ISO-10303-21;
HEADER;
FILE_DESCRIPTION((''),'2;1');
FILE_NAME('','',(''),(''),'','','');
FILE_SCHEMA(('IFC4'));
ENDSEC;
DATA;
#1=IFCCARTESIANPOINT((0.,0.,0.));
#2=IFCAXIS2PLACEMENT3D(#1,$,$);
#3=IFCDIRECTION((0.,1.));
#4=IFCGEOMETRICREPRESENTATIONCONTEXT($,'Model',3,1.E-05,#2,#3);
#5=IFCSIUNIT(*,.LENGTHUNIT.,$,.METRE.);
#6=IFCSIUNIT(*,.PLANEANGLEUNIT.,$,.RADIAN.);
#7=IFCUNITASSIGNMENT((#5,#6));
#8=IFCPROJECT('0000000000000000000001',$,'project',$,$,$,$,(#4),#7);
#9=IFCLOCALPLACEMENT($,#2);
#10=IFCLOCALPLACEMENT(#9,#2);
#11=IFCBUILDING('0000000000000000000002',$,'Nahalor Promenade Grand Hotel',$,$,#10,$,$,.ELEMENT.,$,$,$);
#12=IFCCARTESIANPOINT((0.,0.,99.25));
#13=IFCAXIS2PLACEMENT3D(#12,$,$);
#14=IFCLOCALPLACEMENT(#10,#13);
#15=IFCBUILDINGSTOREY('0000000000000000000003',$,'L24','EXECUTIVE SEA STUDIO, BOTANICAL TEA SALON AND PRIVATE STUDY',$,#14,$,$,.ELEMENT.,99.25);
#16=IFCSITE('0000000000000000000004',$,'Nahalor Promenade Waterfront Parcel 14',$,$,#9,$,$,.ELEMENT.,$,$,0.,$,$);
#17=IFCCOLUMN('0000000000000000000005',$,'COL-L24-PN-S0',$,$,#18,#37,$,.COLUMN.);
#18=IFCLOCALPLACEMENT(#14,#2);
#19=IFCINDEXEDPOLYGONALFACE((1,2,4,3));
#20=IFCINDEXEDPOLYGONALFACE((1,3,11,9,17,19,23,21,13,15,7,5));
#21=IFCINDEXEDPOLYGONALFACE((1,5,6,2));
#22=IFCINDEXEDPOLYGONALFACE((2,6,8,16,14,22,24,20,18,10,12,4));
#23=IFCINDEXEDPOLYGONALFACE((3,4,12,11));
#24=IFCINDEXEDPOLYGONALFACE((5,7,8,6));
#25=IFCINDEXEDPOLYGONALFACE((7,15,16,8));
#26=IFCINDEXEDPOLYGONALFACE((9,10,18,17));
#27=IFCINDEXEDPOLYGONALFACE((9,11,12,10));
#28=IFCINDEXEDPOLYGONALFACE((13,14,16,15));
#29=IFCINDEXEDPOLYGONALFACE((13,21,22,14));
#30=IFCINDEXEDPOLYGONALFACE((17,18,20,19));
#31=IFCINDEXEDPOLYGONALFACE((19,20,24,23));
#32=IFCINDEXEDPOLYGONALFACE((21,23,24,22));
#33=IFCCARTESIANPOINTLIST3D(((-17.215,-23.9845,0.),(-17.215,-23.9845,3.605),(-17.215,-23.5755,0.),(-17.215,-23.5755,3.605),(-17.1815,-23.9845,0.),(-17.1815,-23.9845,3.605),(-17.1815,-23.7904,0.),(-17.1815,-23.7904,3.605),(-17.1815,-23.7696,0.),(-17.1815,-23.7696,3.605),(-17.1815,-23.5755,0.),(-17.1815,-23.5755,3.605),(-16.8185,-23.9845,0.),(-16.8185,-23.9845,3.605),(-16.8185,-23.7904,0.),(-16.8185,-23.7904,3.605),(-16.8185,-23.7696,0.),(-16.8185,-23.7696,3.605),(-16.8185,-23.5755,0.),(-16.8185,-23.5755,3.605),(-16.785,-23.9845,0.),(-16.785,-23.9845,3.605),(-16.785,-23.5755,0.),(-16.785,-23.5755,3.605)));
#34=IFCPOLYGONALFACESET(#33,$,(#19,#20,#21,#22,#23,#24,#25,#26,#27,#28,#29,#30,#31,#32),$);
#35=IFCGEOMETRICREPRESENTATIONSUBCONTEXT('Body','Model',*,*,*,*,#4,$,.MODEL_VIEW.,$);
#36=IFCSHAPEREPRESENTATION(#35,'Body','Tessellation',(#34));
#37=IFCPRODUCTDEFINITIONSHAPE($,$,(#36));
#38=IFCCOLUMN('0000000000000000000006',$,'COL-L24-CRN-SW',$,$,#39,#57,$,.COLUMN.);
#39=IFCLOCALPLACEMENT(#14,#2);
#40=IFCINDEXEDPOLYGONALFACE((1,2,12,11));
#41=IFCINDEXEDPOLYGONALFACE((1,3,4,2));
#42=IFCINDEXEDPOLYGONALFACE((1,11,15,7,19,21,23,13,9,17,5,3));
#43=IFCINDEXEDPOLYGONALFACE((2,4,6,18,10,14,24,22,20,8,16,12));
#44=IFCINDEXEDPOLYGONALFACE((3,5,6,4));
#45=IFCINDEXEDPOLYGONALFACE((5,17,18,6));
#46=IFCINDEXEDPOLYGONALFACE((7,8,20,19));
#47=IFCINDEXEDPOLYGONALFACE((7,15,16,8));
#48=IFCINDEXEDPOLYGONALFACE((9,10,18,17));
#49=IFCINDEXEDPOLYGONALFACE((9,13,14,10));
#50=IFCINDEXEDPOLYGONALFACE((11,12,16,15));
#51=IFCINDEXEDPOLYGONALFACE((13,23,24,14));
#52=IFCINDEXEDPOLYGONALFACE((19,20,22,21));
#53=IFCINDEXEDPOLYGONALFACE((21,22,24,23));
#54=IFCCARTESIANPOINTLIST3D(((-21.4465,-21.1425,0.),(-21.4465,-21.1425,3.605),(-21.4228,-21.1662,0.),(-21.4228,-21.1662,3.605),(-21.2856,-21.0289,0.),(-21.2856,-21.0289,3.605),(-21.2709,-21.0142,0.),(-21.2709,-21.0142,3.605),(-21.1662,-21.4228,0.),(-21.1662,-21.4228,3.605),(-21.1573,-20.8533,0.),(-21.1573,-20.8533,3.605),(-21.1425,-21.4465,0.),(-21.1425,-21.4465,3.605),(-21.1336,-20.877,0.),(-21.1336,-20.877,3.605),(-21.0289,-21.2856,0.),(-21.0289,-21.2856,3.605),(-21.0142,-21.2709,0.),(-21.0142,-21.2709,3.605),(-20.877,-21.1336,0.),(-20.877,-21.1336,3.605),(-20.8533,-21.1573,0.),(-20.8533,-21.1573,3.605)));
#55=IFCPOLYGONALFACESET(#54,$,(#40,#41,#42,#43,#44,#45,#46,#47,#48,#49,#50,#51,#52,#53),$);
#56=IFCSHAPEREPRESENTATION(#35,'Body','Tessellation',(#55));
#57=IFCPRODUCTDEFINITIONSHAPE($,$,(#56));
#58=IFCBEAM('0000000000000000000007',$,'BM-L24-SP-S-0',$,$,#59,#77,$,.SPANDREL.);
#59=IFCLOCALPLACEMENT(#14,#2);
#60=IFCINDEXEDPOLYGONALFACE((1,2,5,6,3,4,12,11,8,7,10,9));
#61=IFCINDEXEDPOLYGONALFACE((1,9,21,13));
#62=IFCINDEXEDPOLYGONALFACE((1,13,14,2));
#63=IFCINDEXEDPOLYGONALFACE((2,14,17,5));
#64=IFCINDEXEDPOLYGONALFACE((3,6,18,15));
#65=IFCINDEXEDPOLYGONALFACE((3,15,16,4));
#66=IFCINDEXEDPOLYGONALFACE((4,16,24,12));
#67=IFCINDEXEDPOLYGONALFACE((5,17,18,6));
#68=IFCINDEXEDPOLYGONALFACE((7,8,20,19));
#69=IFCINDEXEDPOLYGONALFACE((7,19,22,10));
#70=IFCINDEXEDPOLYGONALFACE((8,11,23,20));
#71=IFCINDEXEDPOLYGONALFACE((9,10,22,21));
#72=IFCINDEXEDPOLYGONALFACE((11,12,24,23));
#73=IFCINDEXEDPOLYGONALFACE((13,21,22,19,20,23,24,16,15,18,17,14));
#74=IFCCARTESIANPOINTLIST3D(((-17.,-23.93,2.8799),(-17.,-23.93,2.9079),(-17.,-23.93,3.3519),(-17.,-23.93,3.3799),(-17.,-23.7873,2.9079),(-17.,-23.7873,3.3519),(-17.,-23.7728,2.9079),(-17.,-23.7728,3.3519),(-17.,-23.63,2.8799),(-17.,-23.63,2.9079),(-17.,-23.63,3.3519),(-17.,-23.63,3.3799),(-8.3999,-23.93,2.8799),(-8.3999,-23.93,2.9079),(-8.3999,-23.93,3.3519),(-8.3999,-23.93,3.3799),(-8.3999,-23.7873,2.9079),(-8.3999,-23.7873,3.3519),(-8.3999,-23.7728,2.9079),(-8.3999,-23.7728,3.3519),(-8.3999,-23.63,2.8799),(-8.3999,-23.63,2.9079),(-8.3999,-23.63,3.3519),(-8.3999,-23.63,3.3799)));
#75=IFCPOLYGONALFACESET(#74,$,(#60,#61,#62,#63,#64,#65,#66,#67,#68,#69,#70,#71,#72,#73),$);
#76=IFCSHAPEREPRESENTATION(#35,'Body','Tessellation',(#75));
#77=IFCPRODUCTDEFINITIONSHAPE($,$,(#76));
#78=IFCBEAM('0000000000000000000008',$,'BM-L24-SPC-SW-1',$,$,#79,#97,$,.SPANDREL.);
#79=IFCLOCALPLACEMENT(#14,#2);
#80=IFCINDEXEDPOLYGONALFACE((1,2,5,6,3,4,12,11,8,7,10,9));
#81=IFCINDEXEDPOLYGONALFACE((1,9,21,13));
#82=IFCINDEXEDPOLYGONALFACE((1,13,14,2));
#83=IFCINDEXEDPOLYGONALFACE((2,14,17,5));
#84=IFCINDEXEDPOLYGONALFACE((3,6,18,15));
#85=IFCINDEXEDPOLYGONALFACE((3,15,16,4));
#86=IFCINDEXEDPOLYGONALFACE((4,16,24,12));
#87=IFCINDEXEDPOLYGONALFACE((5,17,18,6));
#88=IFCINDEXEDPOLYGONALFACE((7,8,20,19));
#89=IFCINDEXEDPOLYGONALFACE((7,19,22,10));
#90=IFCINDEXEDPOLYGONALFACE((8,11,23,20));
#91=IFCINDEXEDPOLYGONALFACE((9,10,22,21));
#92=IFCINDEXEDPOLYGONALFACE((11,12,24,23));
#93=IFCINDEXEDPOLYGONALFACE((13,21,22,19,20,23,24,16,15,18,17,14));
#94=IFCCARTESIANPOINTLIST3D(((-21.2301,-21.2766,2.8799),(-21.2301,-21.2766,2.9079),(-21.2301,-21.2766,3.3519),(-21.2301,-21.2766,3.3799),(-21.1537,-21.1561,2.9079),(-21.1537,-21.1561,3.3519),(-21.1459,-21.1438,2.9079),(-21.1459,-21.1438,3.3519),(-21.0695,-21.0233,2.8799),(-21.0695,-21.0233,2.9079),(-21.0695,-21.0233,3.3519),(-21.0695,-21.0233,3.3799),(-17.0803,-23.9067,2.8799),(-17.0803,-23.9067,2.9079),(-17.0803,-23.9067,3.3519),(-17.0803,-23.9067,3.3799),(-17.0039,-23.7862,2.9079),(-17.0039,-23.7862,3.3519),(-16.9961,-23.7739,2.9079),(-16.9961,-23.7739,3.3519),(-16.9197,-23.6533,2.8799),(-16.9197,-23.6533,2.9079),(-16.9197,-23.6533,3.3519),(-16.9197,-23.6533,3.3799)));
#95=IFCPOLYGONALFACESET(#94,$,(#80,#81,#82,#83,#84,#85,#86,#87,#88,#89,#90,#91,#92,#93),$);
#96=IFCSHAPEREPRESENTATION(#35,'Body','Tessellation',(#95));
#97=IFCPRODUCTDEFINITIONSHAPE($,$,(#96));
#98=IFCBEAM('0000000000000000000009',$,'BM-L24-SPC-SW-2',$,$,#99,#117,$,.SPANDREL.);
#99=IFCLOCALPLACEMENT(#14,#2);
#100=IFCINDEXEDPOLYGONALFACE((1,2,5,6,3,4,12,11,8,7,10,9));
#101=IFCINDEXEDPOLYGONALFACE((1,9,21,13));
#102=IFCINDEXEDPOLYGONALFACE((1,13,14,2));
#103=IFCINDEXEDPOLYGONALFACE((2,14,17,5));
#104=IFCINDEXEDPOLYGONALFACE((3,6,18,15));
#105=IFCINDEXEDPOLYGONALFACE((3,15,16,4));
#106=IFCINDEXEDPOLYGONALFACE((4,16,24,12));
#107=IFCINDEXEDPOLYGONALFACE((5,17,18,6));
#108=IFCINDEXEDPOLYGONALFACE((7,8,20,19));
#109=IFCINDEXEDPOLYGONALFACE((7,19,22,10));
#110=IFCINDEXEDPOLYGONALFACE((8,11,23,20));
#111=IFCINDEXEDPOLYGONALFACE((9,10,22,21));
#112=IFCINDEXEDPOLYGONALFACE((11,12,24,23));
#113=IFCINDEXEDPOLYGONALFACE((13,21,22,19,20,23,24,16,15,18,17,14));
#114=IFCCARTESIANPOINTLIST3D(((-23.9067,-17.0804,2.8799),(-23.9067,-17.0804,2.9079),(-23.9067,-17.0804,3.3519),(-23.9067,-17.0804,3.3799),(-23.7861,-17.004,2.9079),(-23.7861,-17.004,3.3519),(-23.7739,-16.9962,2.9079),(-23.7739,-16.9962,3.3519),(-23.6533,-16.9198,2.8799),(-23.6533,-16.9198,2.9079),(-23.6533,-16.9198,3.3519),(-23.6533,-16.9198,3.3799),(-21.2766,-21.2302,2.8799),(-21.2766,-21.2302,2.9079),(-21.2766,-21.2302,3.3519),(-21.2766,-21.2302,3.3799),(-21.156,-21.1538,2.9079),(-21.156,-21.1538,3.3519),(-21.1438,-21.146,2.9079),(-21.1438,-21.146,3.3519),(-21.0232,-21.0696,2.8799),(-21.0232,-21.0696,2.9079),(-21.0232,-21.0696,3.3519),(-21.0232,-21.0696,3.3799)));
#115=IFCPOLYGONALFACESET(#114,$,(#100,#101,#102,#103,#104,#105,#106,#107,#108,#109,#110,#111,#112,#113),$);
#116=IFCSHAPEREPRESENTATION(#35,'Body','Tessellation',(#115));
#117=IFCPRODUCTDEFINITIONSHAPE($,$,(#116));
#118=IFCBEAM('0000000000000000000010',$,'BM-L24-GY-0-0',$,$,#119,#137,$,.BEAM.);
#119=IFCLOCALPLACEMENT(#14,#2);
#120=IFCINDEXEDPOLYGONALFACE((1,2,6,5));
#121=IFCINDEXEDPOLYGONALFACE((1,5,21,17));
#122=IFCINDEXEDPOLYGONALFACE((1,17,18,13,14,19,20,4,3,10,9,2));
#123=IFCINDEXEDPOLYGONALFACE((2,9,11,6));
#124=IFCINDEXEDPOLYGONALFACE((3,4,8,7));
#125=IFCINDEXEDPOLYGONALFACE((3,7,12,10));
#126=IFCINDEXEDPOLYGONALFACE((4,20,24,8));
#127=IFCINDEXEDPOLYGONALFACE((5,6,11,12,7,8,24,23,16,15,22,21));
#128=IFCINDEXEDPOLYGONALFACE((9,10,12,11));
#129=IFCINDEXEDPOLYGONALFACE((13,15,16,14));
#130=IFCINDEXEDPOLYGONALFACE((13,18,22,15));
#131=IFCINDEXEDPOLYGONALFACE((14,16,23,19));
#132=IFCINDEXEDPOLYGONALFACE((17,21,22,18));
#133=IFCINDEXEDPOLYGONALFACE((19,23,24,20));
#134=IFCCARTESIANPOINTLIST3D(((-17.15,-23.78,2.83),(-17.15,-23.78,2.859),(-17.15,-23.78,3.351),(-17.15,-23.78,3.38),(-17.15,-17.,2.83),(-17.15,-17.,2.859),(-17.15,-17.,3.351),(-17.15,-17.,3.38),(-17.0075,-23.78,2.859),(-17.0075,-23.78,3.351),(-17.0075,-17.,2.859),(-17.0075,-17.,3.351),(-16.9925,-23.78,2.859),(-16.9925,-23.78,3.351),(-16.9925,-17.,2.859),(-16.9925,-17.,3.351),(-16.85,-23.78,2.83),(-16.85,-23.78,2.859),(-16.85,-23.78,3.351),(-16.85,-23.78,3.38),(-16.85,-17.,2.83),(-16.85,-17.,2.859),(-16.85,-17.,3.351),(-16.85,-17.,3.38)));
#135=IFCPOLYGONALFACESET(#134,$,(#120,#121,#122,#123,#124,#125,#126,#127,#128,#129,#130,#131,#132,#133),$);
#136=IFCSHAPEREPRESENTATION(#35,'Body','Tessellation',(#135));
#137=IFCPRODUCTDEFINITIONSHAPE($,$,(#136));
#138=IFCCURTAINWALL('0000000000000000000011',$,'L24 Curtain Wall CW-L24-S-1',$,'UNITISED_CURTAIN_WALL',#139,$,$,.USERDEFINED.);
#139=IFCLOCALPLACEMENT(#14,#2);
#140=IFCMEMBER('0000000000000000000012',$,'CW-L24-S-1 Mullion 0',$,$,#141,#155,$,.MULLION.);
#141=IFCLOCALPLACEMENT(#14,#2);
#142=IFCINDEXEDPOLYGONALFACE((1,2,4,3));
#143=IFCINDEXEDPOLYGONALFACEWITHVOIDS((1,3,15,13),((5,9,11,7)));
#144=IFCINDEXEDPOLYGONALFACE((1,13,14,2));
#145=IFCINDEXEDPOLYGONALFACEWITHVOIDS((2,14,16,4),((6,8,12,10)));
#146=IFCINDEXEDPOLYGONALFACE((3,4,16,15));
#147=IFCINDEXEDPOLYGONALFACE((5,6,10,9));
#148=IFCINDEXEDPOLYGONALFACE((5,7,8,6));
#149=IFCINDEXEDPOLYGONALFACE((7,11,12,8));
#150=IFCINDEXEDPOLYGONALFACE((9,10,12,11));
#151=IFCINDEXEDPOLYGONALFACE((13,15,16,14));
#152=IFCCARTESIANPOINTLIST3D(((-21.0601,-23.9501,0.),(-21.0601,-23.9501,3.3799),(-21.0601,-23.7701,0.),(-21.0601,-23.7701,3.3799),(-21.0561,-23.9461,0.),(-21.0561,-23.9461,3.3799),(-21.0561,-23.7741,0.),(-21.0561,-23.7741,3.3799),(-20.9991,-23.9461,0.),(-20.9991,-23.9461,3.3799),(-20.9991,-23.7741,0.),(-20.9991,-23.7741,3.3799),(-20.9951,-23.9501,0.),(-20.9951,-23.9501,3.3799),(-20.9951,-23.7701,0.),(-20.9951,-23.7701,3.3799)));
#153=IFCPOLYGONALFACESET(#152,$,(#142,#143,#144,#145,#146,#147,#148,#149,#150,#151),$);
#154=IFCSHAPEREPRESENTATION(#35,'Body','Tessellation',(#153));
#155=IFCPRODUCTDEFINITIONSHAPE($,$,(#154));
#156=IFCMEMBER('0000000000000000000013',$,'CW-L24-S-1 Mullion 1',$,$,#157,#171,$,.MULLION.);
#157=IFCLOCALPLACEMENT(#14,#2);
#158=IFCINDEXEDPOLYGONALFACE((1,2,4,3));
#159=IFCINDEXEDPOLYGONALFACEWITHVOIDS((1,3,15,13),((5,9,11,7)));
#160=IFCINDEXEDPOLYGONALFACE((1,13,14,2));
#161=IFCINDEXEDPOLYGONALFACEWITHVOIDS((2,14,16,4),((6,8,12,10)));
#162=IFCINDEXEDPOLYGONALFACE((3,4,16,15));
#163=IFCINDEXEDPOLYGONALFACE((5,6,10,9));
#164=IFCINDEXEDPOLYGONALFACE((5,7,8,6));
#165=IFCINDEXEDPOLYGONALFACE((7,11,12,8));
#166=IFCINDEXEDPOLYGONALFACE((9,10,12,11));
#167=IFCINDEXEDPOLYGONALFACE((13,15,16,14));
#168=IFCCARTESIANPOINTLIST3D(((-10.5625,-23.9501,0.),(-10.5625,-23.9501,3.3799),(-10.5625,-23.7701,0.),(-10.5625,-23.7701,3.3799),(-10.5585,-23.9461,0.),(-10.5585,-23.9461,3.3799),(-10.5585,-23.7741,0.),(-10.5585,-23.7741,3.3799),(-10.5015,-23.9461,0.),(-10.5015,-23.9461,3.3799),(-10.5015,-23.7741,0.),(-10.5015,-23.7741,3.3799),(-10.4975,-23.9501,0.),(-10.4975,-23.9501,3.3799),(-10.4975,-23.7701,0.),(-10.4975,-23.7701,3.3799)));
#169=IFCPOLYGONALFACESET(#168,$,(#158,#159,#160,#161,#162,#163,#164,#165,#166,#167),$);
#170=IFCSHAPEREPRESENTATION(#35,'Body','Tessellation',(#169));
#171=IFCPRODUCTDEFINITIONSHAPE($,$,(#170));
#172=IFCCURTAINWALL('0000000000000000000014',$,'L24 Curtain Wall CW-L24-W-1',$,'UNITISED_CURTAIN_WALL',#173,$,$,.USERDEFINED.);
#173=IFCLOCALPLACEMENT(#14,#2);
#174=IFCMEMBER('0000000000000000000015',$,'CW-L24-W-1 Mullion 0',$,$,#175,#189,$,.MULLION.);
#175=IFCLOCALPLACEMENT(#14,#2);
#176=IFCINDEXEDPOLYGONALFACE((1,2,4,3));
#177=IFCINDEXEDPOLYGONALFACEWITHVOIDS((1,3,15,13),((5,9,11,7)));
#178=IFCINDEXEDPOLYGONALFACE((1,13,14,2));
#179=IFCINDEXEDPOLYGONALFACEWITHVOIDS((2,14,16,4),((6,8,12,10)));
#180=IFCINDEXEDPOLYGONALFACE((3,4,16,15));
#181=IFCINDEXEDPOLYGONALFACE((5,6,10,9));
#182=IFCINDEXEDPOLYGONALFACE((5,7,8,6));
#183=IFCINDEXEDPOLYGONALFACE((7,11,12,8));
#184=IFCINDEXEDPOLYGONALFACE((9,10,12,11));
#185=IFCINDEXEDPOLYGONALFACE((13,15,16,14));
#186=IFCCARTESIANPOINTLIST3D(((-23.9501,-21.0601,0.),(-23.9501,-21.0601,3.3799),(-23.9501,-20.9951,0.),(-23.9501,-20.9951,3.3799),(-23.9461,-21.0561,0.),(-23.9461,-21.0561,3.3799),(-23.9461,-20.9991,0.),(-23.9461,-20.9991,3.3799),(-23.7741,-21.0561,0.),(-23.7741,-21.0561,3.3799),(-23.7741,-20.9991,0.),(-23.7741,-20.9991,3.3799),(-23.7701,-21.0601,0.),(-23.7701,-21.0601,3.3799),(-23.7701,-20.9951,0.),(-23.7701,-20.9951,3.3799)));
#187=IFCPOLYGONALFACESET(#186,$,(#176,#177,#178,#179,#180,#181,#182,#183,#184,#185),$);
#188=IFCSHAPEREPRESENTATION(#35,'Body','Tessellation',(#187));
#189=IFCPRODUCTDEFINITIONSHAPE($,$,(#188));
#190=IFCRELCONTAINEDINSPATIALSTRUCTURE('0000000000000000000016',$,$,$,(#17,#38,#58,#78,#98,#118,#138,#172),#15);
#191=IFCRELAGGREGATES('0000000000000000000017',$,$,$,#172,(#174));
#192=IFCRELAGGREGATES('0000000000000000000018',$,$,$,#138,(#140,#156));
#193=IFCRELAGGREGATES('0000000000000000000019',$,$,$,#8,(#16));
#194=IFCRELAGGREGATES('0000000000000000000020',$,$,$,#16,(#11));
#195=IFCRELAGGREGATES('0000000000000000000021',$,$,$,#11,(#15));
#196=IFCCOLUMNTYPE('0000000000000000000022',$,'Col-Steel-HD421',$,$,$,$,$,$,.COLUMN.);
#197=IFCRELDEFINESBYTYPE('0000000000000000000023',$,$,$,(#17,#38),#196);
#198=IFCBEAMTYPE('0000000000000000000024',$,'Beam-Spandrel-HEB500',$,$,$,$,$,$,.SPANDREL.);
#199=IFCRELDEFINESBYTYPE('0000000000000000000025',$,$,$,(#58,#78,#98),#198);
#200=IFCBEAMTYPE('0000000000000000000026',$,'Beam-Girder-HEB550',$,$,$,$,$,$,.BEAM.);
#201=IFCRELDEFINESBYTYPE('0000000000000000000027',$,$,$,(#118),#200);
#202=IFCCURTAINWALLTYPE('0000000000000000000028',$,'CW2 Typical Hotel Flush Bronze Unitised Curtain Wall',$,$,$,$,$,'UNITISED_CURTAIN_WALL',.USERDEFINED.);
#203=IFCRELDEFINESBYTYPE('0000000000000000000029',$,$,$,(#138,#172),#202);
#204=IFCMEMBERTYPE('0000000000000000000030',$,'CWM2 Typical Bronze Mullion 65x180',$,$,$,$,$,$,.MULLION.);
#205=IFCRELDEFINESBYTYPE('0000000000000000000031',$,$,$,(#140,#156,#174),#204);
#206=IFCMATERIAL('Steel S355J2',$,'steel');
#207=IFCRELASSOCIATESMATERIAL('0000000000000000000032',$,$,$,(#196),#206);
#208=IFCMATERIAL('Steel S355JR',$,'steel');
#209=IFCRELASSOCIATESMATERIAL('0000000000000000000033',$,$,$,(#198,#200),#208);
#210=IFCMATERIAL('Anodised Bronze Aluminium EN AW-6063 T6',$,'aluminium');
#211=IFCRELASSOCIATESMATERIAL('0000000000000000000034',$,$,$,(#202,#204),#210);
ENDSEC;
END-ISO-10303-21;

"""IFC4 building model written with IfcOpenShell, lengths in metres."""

from ifc_helpers import new_model, si_unit, direction, frame, origin, origin_2d, place, context, subcontext, project, spatial, hollow_rectangle, i_section, extrude, source, transform, mapped, material, material_profile, profile_set, type_object, element, aggregate, save


model = new_model("IFC4")

# Units and contexts
model_context = context("Model", 3, precision=1e-05, world=origin(), true_north=direction((0.0, 1.0)))
body_context = subcontext(model_context, "Body", "Model", "MODEL_VIEW")
ifc_project = project(units=[si_unit("LENGTHUNIT", "METRE"), si_unit("PLANEANGLEUNIT", "RADIAN")], contexts=[model_context])

# Site, building, storey
site_placement = place(None, origin())
site = spatial("IfcSite", under=ifc_project, at=site_placement, Name="Nahalor Promenade Waterfront Parcel 14", CompositionType="ELEMENT", RefElevation=0.0)
building_placement = place(site_placement, origin())
building = spatial("IfcBuilding", under=site, at=building_placement, Name="Nahalor Promenade Grand Hotel", CompositionType="ELEMENT")
storey_placement = place(building_placement, frame((0.0, 0.0, 99.25)))
storey = spatial("IfcBuildingStorey", under=building, at=storey_placement, Name="L24", Description="EXECUTIVE SEA STUDIO, BOTANICAL TEA SALON AND PRIVATE STUDY", CompositionType="ELEMENT", Elevation=99.25)

# Columns
ifc_material_1 = material(Name="Steel S355J2", Category="steel")
ifc_material_profile_1 = material_profile(ifc_material_1, i_section(OverallWidth=0.409, OverallDepth=0.43, WebThickness=0.0208, FlangeThickness=0.0335, at=origin_2d()), Name="HD 400x421")
ifc_profile_set_1 = profile_set([ifc_material_profile_1], Name="Steel S355J2")
column_type = type_object("IfcColumnType", Name="Col-Steel-HD421", PredefinedType="COLUMN", material=ifc_profile_set_1)
shared_shape_1 = source(origin(), body_context, "Body", "SweptSolid", [
    extrude(i_section(OverallWidth=0.409, OverallDepth=0.43, WebThickness=0.0208, FlangeThickness=0.0335, at=origin_2d()), origin(), (0.0, 0.0, 1.0), 3.605),
])
for number, where, z_axis, x_axis, name in (
    (1, (-17.0, -23.78, 0.0), (0.0, 0.0, 1.0), (0.0, 1.0, 0.0), "COL-L24-PN-S0"),
    (2, (-21.1499, -21.1499, 0.0), (0.0, 0.0, 1.0), (0.707107, 0.707107, 0.0), "COL-L24-CRN-SW"),
):
    element("IfcColumn", number, at=place(storey_placement, frame(where, z_axis=z_axis, x_axis=x_axis)), inside=storey, type_object=column_type, Name=name, PredefinedType="COLUMN", context=body_context, shape_type="MappedRepresentation", body=[
        mapped(shared_shape_1, transform((0.0, 0.0, 0.0), scale=1.0)),
    ])

# Beams
ifc_material_2 = material(Name="Steel S355JR", Category="steel")
ifc_material_profile_2 = material_profile(ifc_material_2, i_section(OverallWidth=0.3, OverallDepth=0.5, WebThickness=0.0145, FlangeThickness=0.028, at=origin_2d()), Name="HEB 500")
ifc_profile_set_2 = profile_set([ifc_material_profile_2], Name="Steel S355JR")
beam_type_1 = type_object("IfcBeamType", Name="Beam-Spandrel-HEB500", PredefinedType="SPANDREL", material=ifc_profile_set_2)
shared_shape_2 = source(origin(), body_context, "Body", "SweptSolid", [
    extrude(i_section(OverallWidth=0.3, OverallDepth=0.5, WebThickness=0.0145, FlangeThickness=0.028, at=origin_2d()), origin(), (0.0, 0.0, 1.0), 8.6001),
])
beam_1_placement = place(storey_placement, frame((-17.0, -23.78, 3.1299), z_axis=(1.0, 0.0, 0.0), x_axis=(0.0, 1.0, 0.0)))
element("IfcBeam", 3, at=beam_1_placement, inside=storey, type_object=beam_type_1, Name="BM-L24-SP-S-0", PredefinedType="SPANDREL", context=body_context, shape_type="MappedRepresentation", body=[
    mapped(shared_shape_2, transform((0.0, 0.0, 0.0), scale=1.0)),
])
shared_shape_3 = source(origin(), body_context, "Body", "SweptSolid", [
    extrude(i_section(OverallWidth=0.3, OverallDepth=0.5, WebThickness=0.0145, FlangeThickness=0.028, at=origin_2d()), origin(), (0.0, 0.0, 1.0), 4.9131),
])
for number, where, z_axis, x_axis, name in (
    (4, (-17.0, -23.78, 3.1299), (-0.844648, 0.535322, 0.0), (-0.535322, -0.844648, 0.0), "BM-L24-SPC-SW-1"),
    (5, (-21.1499, -21.1499, 3.1299), (-0.535322, 0.844648, 0.0), (-0.844648, -0.535322, 0.0), "BM-L24-SPC-SW-2"),
):
    element("IfcBeam", number, at=place(storey_placement, frame(where, z_axis=z_axis, x_axis=x_axis)), inside=storey, type_object=beam_type_1, Name=name, PredefinedType="SPANDREL", context=body_context, shape_type="MappedRepresentation", body=[
        mapped(shared_shape_3, transform((0.0, 0.0, 0.0), scale=1.0)),
    ])
ifc_material_profile_3 = material_profile(ifc_material_2, i_section(OverallWidth=0.3, OverallDepth=0.55, WebThickness=0.015, FlangeThickness=0.029, at=origin_2d()), Name="HEB 550")
ifc_profile_set_3 = profile_set([ifc_material_profile_3], Name="Steel S355JR")
beam_type_2 = type_object("IfcBeamType", Name="Beam-Girder-HEB550", PredefinedType="BEAM", material=ifc_profile_set_3)
shared_shape_4 = source(origin(), body_context, "Body", "SweptSolid", [
    extrude(i_section(OverallWidth=0.3, OverallDepth=0.55, WebThickness=0.015, FlangeThickness=0.029, at=origin_2d()), origin(), (0.0, 0.0, 1.0), 6.78),
])
beam_2_placement = place(storey_placement, frame((-17.0, -23.78, 3.105), z_axis=(0.0, 1.0, 0.0), x_axis=(-1.0, 0.0, 0.0)))
element("IfcBeam", 6, at=beam_2_placement, inside=storey, type_object=beam_type_2, Name="BM-L24-GY-0-0", PredefinedType="BEAM", context=body_context, shape_type="MappedRepresentation", body=[
    mapped(shared_shape_4, transform((0.0, 0.0, 0.0), scale=1.0)),
])

# Curtain wall, members
ifc_material_3 = material(Name="Anodised Bronze Aluminium EN AW-6063 T6", Category="aluminium")
curtain_wall_type = type_object("IfcCurtainWallType", Name="CW2 Typical Hotel Flush Bronze Unitised Curtain Wall", ElementType="UNITISED_CURTAIN_WALL", PredefinedType="USERDEFINED", material=ifc_material_3)
curtain_wall_1_placement = place(storey_placement, origin())
curtain_wall_1 = element("IfcCurtainWall", 7, at=curtain_wall_1_placement, inside=storey, type_object=curtain_wall_type, Name="L24 Curtain Wall CW-L24-S-1", ObjectType="UNITISED_CURTAIN_WALL", PredefinedType="USERDEFINED")
ifc_material_profile_4 = material_profile(ifc_material_3, hollow_rectangle(XDim=0.065, YDim=0.18, WallThickness=0.004, at=origin_2d()), Name="CWM 65x180x4")
ifc_profile_set_4 = profile_set([ifc_material_profile_4], Name="Anodised Bronze Aluminium EN AW-6063 T6")
member_type_1 = type_object("IfcMemberType", Name="CWM2 Typical Bronze Mullion 65x180", PredefinedType="MULLION", material=ifc_profile_set_4)
shared_shape_5 = source(origin(), body_context, "Body", "SweptSolid", [
    extrude(hollow_rectangle(XDim=0.065, YDim=0.18, WallThickness=0.004, at=origin_2d()), origin(), (0.0, 0.0, 1.0), 3.3799),
])
member_1_placement = place(storey_placement, frame((-21.0276, -23.8601, 0.0), z_axis=(0.0, 0.0, 1.0), x_axis=(1.0, 0.0, 0.0)))
member_1 = element("IfcMember", 8, at=member_1_placement, type_object=member_type_1, Name="CW-L24-S-1 Mullion 0", PredefinedType="MULLION", context=body_context, shape_type="MappedRepresentation", body=[
    mapped(shared_shape_5, transform((0.0, 0.0, 0.0), scale=1.0)),
])
member_2_placement = place(storey_placement, frame((-10.53, -23.8601, 0.0), z_axis=(0.0, 0.0, 1.0), x_axis=(1.0, 0.0, 0.0)))
member_2 = element("IfcMember", 9, at=member_2_placement, type_object=member_type_1, Name="CW-L24-S-1 Mullion 1", PredefinedType="MULLION", context=body_context, shape_type="MappedRepresentation", body=[
    mapped(shared_shape_5, transform((0.0, 0.0, 0.0), scale=1.0)),
])

# Curtain wall, member
curtain_wall_2_placement = place(storey_placement, origin())
curtain_wall_2 = element("IfcCurtainWall", 10, at=curtain_wall_2_placement, inside=storey, type_object=curtain_wall_type, Name="L24 Curtain Wall CW-L24-W-1", ObjectType="UNITISED_CURTAIN_WALL", PredefinedType="USERDEFINED")
member_3_placement = place(storey_placement, frame((-23.8601, -21.0276, 0.0), z_axis=(0.0, 0.0, 1.0), x_axis=(0.0, 1.0, 0.0)))
member_3 = element("IfcMember", 11, at=member_3_placement, type_object=member_type_1, Name="CW-L24-W-1 Mullion 0", PredefinedType="MULLION", context=body_context, shape_type="MappedRepresentation", body=[
    mapped(shared_shape_5, transform((0.0, 0.0, 0.0), scale=1.0)),
])

aggregate(curtain_wall_2, [member_3])

aggregate(curtain_wall_1, [member_1, member_2])

save(model, "model.ifc")
